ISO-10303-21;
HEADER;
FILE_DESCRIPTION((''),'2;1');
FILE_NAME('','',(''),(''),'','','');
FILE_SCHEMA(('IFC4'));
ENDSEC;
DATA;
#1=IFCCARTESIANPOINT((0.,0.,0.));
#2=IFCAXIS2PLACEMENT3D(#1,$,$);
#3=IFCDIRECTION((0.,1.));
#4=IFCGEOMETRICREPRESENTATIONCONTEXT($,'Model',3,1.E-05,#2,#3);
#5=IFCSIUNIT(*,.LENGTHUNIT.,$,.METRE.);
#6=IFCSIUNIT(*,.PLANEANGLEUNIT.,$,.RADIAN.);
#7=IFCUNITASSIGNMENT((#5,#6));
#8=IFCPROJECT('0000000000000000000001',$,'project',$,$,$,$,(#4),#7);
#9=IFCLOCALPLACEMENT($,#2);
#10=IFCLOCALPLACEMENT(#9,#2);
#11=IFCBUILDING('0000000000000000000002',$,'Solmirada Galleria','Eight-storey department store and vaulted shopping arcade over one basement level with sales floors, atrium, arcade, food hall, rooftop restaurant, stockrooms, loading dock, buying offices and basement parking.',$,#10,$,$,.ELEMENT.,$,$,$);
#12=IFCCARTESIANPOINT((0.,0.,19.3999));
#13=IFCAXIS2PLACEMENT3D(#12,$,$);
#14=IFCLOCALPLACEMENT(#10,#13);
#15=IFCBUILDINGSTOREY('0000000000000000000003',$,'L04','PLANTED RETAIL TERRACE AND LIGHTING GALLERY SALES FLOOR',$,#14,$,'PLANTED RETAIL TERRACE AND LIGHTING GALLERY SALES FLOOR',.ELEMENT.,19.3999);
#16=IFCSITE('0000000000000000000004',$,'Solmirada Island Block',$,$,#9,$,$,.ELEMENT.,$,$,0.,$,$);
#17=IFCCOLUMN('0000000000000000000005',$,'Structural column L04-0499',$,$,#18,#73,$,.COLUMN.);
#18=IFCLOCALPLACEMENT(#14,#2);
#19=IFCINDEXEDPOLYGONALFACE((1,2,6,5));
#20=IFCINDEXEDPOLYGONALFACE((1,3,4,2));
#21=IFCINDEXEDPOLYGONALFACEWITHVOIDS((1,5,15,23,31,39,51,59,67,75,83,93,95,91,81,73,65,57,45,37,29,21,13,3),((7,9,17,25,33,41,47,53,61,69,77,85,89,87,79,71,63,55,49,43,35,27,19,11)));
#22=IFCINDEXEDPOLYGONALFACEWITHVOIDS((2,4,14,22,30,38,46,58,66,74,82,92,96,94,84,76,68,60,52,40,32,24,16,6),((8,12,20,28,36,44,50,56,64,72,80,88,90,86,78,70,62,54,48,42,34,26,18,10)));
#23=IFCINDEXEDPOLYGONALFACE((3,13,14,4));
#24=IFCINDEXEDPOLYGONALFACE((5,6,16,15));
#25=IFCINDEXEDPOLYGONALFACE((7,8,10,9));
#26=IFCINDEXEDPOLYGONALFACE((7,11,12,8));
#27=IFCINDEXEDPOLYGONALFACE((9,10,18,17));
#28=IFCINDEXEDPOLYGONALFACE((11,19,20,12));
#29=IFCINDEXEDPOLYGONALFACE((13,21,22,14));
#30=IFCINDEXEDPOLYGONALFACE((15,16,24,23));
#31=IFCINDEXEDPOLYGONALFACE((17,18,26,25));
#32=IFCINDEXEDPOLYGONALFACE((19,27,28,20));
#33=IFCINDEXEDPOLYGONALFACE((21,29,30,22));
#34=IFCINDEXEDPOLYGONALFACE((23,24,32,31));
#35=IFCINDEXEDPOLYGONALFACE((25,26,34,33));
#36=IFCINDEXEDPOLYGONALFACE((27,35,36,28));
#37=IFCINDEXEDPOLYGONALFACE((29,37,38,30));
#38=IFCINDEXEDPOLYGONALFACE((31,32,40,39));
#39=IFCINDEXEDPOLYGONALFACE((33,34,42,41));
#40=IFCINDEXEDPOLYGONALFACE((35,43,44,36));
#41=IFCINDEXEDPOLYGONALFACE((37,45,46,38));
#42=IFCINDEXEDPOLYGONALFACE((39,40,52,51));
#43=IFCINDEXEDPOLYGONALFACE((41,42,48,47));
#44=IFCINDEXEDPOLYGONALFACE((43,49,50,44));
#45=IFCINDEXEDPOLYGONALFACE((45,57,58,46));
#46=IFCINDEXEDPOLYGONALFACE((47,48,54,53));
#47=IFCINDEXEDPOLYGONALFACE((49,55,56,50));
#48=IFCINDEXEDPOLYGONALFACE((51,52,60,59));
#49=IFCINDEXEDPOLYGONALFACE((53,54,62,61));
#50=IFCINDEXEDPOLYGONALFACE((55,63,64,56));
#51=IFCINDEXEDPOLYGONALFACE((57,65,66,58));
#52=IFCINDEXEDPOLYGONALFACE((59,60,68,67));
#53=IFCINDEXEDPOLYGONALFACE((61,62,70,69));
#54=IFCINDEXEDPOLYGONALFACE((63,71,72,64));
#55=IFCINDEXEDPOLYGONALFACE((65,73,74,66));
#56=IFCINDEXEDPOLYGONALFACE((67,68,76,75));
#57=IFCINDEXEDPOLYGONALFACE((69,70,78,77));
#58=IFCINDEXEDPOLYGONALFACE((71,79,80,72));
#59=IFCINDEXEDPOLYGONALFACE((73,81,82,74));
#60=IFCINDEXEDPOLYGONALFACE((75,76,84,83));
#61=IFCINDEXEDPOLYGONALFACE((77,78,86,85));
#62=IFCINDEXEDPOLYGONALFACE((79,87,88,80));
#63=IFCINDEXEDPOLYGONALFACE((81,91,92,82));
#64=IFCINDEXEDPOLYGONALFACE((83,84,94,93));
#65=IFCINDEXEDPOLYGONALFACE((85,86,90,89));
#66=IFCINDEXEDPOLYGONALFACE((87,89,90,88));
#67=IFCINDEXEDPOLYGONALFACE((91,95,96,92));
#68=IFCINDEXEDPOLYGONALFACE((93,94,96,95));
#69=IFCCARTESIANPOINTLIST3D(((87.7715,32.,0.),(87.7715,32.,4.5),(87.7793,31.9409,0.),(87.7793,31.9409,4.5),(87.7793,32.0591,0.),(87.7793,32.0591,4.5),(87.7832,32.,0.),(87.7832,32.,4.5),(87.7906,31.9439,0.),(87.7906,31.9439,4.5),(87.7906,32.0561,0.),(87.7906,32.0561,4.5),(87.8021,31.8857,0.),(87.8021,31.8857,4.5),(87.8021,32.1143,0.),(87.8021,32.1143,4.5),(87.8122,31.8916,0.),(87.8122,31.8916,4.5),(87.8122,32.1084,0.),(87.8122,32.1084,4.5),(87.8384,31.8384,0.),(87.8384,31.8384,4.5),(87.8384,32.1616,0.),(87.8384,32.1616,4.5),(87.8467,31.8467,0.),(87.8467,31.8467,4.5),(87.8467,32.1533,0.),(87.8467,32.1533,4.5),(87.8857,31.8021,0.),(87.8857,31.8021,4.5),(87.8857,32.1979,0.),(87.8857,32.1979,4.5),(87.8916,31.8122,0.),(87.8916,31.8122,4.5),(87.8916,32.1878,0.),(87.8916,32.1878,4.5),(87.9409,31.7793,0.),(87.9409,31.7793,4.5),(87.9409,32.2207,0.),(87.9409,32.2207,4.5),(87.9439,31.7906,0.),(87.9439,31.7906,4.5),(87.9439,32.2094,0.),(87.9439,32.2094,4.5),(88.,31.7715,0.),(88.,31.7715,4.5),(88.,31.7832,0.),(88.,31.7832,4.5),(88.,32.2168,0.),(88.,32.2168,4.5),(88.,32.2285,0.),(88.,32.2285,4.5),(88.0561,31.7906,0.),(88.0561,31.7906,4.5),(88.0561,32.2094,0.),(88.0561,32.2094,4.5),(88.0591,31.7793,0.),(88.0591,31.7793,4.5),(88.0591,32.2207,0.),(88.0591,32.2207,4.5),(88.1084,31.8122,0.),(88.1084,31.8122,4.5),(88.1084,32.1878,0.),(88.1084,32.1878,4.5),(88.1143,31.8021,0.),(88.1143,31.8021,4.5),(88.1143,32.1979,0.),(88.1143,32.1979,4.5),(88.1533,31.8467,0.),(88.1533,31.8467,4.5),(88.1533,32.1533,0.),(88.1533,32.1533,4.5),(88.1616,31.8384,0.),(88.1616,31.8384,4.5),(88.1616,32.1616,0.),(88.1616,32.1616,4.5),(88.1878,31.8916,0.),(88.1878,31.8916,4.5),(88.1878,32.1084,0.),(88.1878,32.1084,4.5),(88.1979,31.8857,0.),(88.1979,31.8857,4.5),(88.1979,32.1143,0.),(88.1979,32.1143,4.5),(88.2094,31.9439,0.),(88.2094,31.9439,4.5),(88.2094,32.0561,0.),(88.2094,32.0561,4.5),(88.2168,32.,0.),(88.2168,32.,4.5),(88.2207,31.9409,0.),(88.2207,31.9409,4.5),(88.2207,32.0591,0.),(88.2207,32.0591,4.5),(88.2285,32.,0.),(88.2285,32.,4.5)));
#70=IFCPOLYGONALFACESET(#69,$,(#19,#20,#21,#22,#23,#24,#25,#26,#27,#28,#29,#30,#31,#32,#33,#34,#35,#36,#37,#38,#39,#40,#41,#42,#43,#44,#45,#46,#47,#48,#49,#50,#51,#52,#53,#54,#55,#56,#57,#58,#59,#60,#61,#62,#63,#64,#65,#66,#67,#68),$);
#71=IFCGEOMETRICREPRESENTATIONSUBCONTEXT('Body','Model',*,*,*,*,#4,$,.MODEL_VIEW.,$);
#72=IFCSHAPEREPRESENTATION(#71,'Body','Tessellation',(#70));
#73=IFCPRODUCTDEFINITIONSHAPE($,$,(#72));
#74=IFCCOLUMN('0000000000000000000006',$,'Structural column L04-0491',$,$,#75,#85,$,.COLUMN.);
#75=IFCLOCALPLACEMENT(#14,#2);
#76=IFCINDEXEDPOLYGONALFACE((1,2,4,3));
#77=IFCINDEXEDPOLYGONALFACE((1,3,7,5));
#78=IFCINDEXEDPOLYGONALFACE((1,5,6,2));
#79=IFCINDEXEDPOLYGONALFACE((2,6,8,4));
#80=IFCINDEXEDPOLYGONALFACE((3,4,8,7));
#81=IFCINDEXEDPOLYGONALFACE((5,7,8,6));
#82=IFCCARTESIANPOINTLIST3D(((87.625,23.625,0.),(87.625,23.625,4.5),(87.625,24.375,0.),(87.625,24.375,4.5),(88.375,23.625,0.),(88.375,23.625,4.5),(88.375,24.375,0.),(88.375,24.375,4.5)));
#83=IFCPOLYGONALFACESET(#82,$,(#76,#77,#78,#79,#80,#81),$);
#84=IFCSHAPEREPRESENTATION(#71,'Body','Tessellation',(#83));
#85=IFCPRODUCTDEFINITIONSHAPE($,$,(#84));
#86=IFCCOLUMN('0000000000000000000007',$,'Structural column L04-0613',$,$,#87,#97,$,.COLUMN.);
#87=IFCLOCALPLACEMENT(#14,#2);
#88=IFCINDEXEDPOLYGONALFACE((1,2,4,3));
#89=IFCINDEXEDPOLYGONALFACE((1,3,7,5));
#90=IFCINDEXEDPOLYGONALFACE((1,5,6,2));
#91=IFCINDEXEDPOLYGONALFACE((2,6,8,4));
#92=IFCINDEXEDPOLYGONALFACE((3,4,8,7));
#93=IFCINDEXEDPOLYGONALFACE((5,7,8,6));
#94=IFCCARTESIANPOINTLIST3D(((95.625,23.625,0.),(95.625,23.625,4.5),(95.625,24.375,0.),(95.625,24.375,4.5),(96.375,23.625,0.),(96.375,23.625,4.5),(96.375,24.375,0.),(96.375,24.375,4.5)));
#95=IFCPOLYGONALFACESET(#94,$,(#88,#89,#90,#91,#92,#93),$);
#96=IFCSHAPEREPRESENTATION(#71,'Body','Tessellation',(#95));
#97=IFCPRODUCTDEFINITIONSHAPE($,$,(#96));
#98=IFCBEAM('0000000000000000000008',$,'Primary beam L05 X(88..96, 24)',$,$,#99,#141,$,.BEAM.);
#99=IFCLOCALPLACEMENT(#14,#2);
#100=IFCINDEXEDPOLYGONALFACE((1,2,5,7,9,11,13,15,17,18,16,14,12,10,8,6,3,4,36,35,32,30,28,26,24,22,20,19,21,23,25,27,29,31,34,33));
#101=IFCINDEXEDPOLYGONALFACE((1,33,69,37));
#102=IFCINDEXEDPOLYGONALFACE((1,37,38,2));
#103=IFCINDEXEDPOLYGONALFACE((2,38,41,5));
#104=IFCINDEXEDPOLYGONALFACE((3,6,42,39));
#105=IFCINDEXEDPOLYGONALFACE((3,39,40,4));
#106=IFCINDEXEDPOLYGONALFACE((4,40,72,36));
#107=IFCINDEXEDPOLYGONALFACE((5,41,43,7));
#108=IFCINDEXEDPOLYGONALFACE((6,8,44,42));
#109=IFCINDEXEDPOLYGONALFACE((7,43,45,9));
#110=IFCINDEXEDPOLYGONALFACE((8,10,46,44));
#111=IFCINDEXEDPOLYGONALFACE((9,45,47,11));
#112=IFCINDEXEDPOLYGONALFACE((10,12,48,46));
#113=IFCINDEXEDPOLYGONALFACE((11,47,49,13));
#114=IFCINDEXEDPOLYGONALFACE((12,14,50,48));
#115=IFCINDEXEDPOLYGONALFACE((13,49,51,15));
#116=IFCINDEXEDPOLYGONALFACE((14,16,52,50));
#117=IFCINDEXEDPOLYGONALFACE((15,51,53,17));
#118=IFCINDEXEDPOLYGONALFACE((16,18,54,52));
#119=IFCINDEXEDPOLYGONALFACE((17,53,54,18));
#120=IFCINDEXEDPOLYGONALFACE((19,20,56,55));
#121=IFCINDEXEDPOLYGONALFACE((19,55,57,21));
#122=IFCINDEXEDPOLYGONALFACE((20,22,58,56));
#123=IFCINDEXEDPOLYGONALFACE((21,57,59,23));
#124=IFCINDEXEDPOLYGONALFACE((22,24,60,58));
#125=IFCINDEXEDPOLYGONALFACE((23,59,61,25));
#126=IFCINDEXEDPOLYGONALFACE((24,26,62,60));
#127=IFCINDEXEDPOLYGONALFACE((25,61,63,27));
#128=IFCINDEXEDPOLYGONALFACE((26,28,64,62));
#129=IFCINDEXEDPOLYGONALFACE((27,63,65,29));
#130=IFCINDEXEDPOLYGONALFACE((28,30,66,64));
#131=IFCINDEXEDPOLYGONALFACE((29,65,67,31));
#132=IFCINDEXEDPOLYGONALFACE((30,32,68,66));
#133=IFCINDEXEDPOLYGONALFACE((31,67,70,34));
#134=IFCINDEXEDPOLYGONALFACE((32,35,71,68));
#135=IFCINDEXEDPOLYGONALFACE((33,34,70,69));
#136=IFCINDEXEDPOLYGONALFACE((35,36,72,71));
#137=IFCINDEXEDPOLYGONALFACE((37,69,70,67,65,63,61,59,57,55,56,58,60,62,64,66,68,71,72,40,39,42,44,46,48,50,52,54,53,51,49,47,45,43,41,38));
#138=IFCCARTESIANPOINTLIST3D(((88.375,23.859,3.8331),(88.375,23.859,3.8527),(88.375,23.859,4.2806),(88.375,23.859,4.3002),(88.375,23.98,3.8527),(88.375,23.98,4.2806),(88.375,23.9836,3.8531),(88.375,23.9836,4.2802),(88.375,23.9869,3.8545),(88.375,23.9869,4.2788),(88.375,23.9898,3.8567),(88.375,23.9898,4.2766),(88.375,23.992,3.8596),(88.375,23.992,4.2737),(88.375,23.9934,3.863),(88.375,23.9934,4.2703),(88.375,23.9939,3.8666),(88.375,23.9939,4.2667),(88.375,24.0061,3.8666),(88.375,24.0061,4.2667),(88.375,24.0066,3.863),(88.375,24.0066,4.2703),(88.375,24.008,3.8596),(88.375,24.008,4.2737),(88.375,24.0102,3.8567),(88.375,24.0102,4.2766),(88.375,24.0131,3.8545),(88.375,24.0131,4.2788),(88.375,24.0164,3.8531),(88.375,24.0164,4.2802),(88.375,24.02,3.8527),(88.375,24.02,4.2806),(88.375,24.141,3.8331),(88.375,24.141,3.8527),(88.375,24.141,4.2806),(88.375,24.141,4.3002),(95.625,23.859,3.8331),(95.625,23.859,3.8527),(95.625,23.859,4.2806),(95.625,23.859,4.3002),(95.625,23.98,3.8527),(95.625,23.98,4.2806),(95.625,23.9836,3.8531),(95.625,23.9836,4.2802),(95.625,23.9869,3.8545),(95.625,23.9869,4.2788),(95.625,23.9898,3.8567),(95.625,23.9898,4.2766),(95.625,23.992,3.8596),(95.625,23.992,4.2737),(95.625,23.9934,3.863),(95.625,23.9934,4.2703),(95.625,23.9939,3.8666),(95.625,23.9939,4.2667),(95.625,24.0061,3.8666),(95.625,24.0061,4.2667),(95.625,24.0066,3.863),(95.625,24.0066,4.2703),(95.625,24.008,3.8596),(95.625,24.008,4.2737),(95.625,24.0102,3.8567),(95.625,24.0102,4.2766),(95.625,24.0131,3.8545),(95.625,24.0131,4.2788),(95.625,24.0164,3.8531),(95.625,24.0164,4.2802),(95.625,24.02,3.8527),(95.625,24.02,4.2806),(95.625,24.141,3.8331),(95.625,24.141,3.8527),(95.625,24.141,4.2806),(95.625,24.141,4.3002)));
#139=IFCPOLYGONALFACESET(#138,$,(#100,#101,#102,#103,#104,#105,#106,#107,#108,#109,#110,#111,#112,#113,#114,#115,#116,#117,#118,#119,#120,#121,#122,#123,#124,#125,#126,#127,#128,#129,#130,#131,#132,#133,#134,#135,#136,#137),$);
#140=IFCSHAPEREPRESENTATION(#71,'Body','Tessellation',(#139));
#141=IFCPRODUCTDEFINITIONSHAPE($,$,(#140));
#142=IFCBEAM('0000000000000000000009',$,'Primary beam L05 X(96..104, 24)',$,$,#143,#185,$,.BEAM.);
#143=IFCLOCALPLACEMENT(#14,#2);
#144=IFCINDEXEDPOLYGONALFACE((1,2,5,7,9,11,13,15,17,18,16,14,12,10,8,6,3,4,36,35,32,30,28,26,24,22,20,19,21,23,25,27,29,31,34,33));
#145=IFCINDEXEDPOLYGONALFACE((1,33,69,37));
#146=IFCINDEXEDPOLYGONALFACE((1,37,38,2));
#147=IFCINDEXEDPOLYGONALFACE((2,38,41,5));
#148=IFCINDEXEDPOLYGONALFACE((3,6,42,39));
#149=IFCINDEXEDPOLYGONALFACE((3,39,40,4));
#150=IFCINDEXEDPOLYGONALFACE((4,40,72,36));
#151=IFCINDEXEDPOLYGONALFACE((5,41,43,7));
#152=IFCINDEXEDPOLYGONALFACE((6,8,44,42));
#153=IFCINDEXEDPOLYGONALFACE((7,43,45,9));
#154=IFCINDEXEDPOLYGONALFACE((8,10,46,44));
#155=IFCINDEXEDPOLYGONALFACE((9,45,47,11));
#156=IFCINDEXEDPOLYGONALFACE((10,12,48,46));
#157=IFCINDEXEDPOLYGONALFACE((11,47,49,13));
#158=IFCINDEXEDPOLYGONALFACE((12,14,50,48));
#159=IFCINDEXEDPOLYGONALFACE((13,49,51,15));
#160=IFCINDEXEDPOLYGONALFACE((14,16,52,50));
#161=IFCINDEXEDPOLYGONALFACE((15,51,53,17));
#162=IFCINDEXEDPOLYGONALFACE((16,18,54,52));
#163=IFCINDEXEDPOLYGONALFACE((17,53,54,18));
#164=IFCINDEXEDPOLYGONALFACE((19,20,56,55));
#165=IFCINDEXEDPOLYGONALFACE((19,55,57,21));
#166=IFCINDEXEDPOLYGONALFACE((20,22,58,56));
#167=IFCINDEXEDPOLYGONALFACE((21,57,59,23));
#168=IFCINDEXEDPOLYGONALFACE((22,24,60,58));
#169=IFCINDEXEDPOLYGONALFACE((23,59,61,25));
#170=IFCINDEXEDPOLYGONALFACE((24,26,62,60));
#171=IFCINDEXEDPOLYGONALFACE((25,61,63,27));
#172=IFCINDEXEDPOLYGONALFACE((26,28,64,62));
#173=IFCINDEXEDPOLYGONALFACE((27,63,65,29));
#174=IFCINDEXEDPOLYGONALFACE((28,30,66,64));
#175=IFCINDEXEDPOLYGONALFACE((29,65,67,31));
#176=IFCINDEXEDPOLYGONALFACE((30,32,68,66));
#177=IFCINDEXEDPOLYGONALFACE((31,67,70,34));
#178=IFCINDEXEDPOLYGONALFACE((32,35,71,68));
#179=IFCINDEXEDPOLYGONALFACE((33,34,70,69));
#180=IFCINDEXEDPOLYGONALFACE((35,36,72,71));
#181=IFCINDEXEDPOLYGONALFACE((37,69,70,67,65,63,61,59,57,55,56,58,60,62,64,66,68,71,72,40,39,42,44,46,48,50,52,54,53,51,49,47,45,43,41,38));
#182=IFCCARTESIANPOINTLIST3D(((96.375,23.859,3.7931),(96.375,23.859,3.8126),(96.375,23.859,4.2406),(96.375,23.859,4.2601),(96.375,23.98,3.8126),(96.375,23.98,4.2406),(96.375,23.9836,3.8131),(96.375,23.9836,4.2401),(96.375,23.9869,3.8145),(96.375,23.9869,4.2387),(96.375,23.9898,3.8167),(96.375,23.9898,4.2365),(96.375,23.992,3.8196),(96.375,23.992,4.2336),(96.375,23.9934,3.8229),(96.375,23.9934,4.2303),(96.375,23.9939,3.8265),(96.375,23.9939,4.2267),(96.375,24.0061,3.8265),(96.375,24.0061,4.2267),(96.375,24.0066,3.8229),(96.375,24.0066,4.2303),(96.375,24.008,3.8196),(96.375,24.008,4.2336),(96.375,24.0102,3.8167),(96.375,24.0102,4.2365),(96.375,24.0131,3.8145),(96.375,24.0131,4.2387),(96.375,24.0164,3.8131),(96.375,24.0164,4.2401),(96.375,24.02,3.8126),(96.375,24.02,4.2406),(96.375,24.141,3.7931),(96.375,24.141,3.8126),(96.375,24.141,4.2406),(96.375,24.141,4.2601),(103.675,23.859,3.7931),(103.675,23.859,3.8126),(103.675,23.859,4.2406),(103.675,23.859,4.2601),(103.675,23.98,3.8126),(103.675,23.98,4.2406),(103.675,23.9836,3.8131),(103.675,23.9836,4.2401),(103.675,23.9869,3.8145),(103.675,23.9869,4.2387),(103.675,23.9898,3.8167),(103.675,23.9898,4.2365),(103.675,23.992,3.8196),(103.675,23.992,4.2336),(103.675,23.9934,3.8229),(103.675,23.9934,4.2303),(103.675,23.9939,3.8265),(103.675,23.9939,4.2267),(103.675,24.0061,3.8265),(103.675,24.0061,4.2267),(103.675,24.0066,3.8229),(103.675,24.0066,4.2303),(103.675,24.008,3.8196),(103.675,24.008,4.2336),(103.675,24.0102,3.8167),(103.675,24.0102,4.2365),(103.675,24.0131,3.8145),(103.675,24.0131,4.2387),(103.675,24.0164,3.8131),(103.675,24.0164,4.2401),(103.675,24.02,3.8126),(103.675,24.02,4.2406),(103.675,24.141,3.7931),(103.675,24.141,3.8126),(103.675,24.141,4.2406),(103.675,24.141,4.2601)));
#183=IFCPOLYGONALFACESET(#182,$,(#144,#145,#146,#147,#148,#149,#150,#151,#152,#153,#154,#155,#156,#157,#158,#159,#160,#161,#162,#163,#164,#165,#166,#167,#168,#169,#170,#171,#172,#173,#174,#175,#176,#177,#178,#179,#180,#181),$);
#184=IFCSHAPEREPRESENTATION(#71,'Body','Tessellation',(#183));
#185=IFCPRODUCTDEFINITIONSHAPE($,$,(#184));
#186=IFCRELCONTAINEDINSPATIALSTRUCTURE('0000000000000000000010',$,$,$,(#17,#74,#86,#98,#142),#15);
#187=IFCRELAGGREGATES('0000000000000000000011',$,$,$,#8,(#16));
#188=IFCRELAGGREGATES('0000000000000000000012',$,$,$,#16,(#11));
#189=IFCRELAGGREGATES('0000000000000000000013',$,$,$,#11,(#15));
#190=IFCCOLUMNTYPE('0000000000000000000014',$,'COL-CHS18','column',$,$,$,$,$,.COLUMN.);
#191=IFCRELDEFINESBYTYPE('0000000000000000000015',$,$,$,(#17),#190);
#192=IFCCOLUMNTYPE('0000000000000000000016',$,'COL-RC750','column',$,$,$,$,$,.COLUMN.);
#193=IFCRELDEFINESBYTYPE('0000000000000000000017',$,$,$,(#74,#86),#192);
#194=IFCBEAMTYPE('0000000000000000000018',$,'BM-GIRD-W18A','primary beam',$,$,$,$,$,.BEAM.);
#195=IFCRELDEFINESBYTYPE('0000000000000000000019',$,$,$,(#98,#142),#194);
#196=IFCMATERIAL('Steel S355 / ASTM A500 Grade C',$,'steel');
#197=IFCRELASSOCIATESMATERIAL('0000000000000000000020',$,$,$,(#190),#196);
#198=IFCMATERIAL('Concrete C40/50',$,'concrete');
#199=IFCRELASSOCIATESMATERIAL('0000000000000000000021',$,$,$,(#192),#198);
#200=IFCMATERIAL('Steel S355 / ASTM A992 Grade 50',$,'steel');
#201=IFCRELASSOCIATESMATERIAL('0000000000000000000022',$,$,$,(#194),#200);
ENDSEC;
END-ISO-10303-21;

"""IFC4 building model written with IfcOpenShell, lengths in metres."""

from ifc_helpers import new_model, si_unit, direction, frame, origin, origin_2d, place, context, subcontext, project, spatial, rectangle, hollow_circle, i_section, extrude, material, material_profile, profile_set, type_object, element, save


model = new_model("IFC4")

# Units and contexts
model_context = context("Model", 3, precision=1e-05, world=origin(), true_north=direction((0.0, 1.0)))
body_context = subcontext(model_context, "Body", "Model", "MODEL_VIEW")
ifc_project = project(units=[si_unit("LENGTHUNIT", "METRE"), si_unit("PLANEANGLEUNIT", "RADIAN")], contexts=[model_context])

# Site, building, storey
site_placement = place(None, origin())
site = spatial("IfcSite", under=ifc_project, at=site_placement, Name="Solmirada Island Block", CompositionType="ELEMENT", RefElevation=0.0)
building_placement = place(site_placement, origin())
building = spatial("IfcBuilding", under=site, at=building_placement, Name="Solmirada Galleria", Description="Eight-storey department store and vaulted shopping arcade over one basement level with sales floors, atrium, arcade, food hall, rooftop restaurant, stockrooms, loading dock, buying offices and basement parking.", CompositionType="ELEMENT")
storey_placement = place(building_placement, frame((0.0, 0.0, 19.3999)))
storey = spatial("IfcBuildingStorey", under=building, at=storey_placement, Name="L04", Description="PLANTED RETAIL TERRACE AND LIGHTING GALLERY SALES FLOOR", LongName="PLANTED RETAIL TERRACE AND LIGHTING GALLERY SALES FLOOR", CompositionType="ELEMENT", Elevation=19.3999)

# Columns
ifc_material_1 = material(Name="Steel S355 / ASTM A500 Grade C", Category="steel")
ifc_material_profile_1 = material_profile(ifc_material_1, hollow_circle(Radius=0.2285, WallThickness=0.0117, at=origin_2d()), Name="HSS18.000X0.500")
ifc_profile_set_1 = profile_set([ifc_material_profile_1], Name="Steel S355 / ASTM A500 Grade C")
column_type_1 = type_object("IfcColumnType", Name="COL-CHS18", Description="column", PredefinedType="COLUMN", material=ifc_profile_set_1)
column_placement = place(storey_placement, frame((88.0, 32.0, 0.0), z_axis=(0.0, 0.0, 1.0), x_axis=(1.0, 0.0, 0.0)))
element("IfcColumn", 1, at=column_placement, inside=storey, type_object=column_type_1, Name="Structural column L04-0499", PredefinedType="COLUMN", context=body_context, shape_type="SweptSolid", body=[
    extrude(hollow_circle(Radius=0.2285, WallThickness=0.0117, at=origin_2d()), origin(), (0.0, 0.0, 1.0), 4.5),
])
ifc_material_2 = material(Name="Concrete C40/50", Category="concrete")
ifc_material_profile_2 = material_profile(ifc_material_2, rectangle(XDim=0.75, YDim=0.75, at=origin_2d()), Name="RC750X750")
ifc_profile_set_2 = profile_set([ifc_material_profile_2], Name="Concrete C40/50")
column_type_2 = type_object("IfcColumnType", Name="COL-RC750", Description="column", PredefinedType="COLUMN", material=ifc_profile_set_2)
for number, where, z_axis, x_axis, name in (
    (2, (88.0, 24.0, 0.0), (0.0, 0.0, 1.0), (1.0, 0.0, 0.0), "Structural column L04-0491"),
    (3, (96.0, 24.0, 0.0), (0.0, 0.0, 1.0), (1.0, 0.0, 0.0), "Structural column L04-0613"),
):
    element("IfcColumn", number, at=place(storey_placement, frame(where, z_axis=z_axis, x_axis=x_axis)), inside=storey, type_object=column_type_2, Name=name, PredefinedType="COLUMN", context=body_context, shape_type="SweptSolid", body=[
        extrude(rectangle(XDim=0.75, YDim=0.75, at=origin_2d()), origin(), (0.0, 0.0, 1.0), 4.5),
    ])

# Beams
ifc_material_3 = material(Name="Steel S355 / ASTM A992 Grade 50", Category="steel")
ifc_material_profile_3 = material_profile(ifc_material_3, i_section(OverallWidth=0.282, OverallDepth=0.467, WebThickness=0.0122, FlangeThickness=0.0195, FilletRadius=0.0139, at=origin_2d()), Name="W18X86")
ifc_profile_set_3 = profile_set([ifc_material_profile_3], Name="Steel S355 / ASTM A992 Grade 50")
beam_type_1 = type_object("IfcBeamType", Name="BM-GIRD-W18A", Description="primary beam", PredefinedType="BEAM", material=ifc_profile_set_3)
beam_1_placement = place(storey_placement, frame((88.375, 24.0, 4.0667), z_axis=(1.0, 0.0, 0.0), x_axis=(0.0, 1.0, 0.0)))
element("IfcBeam", 4, at=beam_1_placement, inside=storey, type_object=beam_type_1, Name="Primary beam L05 X(88..96, 24)", PredefinedType="BEAM", context=body_context, shape_type="SweptSolid", body=[
    extrude(i_section(OverallWidth=0.282, OverallDepth=0.467, WebThickness=0.0122, FlangeThickness=0.0195, FilletRadius=0.0139, at=origin_2d()), origin(), (0.0, 0.0, 1.0), 7.25),
])
beam_2_placement = place(storey_placement, frame((96.375, 24.0, 4.0266), z_axis=(1.0, 0.0, 0.0), x_axis=(0.0, 1.0, 0.0)))
element("IfcBeam", 5, at=beam_2_placement, inside=storey, type_object=beam_type_1, Name="Primary beam L05 X(96..104, 24)", PredefinedType="BEAM", context=body_context, shape_type="SweptSolid", body=[
    extrude(i_section(OverallWidth=0.282, OverallDepth=0.467, WebThickness=0.0122, FlangeThickness=0.0195, FilletRadius=0.0139, at=origin_2d()), origin(), (0.0, 0.0, 1.0), 7.3),
])

save(model, "model.ifc")
